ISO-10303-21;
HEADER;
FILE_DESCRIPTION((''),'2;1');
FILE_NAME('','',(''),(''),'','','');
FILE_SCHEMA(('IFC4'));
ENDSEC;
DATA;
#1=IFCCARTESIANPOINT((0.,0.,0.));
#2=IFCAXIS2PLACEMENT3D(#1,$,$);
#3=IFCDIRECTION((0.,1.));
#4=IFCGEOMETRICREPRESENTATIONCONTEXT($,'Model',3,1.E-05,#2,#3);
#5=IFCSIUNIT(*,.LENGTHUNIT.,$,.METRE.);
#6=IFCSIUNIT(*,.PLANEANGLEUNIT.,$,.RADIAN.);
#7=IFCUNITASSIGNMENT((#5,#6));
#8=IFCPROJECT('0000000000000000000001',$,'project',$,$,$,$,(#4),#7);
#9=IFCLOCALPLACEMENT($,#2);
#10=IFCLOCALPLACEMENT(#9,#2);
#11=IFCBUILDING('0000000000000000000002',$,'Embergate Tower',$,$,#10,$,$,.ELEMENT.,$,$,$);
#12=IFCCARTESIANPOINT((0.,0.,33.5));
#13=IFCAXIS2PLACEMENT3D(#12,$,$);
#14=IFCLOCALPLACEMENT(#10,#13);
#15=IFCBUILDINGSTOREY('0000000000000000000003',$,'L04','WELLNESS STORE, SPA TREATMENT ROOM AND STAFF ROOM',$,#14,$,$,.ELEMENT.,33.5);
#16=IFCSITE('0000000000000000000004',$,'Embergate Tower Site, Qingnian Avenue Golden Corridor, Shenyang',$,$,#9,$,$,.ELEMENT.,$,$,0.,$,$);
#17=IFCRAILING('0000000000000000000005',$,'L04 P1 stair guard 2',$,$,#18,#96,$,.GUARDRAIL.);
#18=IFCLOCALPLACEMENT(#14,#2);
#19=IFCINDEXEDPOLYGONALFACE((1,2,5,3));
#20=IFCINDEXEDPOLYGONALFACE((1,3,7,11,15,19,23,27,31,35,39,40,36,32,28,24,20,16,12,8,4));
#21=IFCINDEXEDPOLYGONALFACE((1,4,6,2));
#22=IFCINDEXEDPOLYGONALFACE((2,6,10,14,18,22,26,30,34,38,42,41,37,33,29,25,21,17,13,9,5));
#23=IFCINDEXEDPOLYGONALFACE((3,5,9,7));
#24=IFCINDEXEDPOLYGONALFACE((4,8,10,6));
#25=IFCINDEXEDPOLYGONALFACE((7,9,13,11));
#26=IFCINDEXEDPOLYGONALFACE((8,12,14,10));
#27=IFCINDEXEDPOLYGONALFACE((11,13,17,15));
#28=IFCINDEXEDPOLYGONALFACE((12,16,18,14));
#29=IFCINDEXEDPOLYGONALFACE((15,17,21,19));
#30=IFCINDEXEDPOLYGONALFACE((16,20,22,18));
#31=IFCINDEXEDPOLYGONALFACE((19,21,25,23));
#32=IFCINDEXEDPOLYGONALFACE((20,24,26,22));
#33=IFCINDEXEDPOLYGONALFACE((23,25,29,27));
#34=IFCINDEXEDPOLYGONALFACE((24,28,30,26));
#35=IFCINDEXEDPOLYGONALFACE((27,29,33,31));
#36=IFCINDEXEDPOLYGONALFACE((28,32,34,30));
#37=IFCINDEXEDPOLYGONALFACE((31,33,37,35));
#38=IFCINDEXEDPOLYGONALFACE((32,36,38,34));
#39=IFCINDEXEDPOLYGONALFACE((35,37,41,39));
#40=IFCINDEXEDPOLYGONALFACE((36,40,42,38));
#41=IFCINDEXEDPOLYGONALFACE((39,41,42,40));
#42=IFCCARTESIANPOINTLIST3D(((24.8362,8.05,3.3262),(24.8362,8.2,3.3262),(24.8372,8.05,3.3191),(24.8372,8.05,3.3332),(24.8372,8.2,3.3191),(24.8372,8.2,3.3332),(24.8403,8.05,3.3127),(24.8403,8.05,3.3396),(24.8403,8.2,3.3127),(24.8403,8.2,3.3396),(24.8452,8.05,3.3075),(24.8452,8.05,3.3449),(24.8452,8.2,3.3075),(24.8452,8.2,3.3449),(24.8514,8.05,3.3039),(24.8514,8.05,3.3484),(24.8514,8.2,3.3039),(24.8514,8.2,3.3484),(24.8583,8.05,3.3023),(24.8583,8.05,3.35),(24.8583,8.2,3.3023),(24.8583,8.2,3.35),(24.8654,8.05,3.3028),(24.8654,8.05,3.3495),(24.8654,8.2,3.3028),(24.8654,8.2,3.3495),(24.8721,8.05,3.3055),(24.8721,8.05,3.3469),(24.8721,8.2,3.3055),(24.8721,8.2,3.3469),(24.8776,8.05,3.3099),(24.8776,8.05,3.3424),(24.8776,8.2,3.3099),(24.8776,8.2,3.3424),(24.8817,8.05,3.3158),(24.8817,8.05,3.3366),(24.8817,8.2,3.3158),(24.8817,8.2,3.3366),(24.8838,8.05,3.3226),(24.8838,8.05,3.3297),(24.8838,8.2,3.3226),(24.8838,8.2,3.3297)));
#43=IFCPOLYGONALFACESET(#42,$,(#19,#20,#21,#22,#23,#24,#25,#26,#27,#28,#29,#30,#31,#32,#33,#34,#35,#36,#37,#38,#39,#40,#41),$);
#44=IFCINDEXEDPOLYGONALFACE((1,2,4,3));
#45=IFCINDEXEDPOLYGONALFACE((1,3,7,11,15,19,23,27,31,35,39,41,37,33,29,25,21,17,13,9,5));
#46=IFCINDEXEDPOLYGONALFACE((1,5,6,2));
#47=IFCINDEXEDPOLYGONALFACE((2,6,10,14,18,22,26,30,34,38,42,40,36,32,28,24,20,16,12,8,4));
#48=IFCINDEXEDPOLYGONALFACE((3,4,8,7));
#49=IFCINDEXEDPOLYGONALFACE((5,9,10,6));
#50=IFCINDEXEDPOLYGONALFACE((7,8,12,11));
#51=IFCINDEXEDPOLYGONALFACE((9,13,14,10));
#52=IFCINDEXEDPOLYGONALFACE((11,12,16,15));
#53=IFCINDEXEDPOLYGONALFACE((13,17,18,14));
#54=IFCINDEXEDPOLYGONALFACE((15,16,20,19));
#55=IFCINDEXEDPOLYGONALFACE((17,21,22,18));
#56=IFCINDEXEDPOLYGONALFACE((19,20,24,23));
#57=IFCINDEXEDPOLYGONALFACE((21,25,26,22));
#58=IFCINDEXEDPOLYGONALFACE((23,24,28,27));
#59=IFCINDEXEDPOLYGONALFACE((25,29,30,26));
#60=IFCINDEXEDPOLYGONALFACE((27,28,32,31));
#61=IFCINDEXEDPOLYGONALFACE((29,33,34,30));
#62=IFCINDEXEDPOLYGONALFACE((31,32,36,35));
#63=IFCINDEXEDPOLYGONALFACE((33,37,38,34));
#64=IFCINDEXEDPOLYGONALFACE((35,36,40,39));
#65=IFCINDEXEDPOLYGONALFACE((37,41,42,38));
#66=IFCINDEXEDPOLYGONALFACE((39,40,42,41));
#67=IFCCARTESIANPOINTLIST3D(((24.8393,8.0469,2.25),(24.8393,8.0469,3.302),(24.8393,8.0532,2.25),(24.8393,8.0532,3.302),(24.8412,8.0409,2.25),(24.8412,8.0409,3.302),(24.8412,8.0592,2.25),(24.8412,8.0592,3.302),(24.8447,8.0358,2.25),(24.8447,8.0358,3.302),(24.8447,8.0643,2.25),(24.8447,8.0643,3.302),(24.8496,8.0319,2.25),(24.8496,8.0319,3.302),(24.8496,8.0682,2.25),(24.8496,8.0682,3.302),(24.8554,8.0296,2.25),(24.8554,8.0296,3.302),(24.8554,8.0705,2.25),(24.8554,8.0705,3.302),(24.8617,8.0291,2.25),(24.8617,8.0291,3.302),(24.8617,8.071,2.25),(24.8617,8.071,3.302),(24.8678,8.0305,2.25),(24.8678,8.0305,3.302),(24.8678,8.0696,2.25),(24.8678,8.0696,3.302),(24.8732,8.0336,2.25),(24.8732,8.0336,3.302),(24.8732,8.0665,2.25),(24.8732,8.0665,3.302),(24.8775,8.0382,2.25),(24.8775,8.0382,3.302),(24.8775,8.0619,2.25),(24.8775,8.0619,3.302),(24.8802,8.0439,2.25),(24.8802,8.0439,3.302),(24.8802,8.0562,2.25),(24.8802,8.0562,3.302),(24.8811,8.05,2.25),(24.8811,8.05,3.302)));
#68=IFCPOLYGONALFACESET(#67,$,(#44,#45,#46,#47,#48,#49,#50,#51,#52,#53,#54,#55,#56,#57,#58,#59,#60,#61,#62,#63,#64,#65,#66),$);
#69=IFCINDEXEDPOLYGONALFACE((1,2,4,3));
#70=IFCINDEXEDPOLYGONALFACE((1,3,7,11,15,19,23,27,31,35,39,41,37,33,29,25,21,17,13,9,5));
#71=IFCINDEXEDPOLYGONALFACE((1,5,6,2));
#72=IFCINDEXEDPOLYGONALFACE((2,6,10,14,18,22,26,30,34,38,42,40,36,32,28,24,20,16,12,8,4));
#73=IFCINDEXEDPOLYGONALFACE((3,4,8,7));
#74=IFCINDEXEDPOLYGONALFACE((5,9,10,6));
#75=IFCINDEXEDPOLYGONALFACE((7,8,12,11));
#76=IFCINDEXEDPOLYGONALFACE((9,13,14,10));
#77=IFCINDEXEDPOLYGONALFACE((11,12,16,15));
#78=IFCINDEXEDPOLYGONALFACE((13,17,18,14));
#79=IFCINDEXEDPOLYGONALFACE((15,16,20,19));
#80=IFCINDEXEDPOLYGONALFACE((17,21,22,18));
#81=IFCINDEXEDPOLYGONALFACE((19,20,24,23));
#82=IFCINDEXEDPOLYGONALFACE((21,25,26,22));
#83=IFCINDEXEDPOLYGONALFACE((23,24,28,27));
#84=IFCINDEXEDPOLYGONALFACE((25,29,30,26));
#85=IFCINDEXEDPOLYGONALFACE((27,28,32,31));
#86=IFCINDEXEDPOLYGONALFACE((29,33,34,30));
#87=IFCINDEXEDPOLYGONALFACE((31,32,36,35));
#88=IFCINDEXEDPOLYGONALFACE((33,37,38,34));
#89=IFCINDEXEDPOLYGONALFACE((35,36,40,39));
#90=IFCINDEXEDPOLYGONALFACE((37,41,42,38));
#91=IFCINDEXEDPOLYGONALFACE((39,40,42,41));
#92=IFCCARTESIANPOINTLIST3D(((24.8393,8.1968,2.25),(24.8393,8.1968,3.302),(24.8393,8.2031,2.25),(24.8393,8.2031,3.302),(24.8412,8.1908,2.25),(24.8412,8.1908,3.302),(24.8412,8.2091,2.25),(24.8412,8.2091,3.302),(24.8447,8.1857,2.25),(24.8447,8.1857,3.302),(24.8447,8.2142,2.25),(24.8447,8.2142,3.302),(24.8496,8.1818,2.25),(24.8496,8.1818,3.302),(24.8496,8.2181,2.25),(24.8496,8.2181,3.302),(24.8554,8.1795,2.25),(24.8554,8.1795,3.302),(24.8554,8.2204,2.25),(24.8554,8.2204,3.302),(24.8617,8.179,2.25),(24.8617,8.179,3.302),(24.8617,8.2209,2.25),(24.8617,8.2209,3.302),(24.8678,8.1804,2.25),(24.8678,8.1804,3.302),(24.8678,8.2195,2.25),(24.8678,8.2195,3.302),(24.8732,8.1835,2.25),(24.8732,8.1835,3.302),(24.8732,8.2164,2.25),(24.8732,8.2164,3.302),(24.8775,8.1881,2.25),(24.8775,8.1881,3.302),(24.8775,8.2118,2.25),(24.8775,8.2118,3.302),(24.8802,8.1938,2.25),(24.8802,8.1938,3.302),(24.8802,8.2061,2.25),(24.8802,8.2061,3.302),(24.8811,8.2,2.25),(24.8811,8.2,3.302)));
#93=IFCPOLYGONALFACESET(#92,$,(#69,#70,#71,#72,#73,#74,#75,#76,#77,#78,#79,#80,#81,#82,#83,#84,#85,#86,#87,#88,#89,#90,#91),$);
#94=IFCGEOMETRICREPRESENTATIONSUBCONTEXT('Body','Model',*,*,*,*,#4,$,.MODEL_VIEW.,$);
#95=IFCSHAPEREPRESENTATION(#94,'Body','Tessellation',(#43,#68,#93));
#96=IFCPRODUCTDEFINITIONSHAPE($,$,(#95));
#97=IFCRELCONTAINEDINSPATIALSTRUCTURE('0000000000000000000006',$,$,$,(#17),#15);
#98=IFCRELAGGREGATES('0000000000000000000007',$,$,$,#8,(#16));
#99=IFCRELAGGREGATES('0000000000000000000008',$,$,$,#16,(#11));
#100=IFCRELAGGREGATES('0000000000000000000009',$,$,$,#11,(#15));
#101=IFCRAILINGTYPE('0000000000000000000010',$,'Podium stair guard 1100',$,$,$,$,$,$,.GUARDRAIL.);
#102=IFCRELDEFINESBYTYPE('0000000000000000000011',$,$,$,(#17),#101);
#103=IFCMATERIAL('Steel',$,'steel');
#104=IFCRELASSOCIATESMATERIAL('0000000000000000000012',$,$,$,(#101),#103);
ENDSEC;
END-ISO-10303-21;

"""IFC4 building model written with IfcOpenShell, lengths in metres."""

from ifc_helpers import new_model, si_unit, direction, frame, origin, origin_2d, place, context, subcontext, project, spatial, circle, extrude, source, transform, mapped, material, type_object, element, save


model = new_model("IFC4")

# Units and contexts
model_context = context("Model", 3, precision=1e-05, world=origin(), true_north=direction((0.0, 1.0)))
body_context = subcontext(model_context, "Body", "Model", "MODEL_VIEW")
ifc_project = project(units=[si_unit("LENGTHUNIT", "METRE"), si_unit("PLANEANGLEUNIT", "RADIAN")], contexts=[model_context])

# Site, building, storey
site_placement = place(None, origin())
site = spatial("IfcSite", under=ifc_project, at=site_placement, Name="Embergate Tower Site, Qingnian Avenue Golden Corridor, Shenyang", CompositionType="ELEMENT", RefElevation=0.0)
building_placement = place(site_placement, origin())
building = spatial("IfcBuilding", under=site, at=building_placement, Name="Embergate Tower", CompositionType="ELEMENT")
storey_placement = place(building_placement, frame((0.0, 0.0, 33.5)))
storey = spatial("IfcBuildingStorey", under=building, at=storey_placement, Name="L04", Description="WELLNESS STORE, SPA TREATMENT ROOM AND STAFF ROOM", CompositionType="ELEMENT", Elevation=33.5)

# Railing
ifc_material_1 = material(Name="Steel", Category="steel")
railing_type_1 = type_object("IfcRailingType", Name="Podium stair guard 1100", PredefinedType="GUARDRAIL", material=ifc_material_1)
shared_shape_1 = source(origin(), body_context, "Body", "SweptSolid", [
    extrude(circle(Radius=0.0239, at=origin_2d()), frame((0.0, 0.0, 1.0762), z_axis=(0.0, 1.0, 0.0), x_axis=(-1.0, 0.0, 0.0)), (0.0, 0.0, 1.0), 0.1499),
    extrude(circle(Radius=0.021, at=origin_2d()), origin(), (0.0, 0.0, 1.0), 1.052),
    extrude(circle(Radius=0.021, at=origin_2d()), frame((0.0, 0.1499, 0.0)), (0.0, 0.0, 1.0), 1.052),
])
railing_1_placement = place(storey_placement, frame((24.8601, 8.05, 2.25)))
element("IfcRailing", 1, at=railing_1_placement, inside=storey, type_object=railing_type_1, Name="L04 P1 stair guard 2", PredefinedType="GUARDRAIL", context=body_context, shape_type="MappedRepresentation", body=[
    mapped(shared_shape_1, transform((0.0, 0.0, 0.0))),
])

save(model, "model.ifc")
